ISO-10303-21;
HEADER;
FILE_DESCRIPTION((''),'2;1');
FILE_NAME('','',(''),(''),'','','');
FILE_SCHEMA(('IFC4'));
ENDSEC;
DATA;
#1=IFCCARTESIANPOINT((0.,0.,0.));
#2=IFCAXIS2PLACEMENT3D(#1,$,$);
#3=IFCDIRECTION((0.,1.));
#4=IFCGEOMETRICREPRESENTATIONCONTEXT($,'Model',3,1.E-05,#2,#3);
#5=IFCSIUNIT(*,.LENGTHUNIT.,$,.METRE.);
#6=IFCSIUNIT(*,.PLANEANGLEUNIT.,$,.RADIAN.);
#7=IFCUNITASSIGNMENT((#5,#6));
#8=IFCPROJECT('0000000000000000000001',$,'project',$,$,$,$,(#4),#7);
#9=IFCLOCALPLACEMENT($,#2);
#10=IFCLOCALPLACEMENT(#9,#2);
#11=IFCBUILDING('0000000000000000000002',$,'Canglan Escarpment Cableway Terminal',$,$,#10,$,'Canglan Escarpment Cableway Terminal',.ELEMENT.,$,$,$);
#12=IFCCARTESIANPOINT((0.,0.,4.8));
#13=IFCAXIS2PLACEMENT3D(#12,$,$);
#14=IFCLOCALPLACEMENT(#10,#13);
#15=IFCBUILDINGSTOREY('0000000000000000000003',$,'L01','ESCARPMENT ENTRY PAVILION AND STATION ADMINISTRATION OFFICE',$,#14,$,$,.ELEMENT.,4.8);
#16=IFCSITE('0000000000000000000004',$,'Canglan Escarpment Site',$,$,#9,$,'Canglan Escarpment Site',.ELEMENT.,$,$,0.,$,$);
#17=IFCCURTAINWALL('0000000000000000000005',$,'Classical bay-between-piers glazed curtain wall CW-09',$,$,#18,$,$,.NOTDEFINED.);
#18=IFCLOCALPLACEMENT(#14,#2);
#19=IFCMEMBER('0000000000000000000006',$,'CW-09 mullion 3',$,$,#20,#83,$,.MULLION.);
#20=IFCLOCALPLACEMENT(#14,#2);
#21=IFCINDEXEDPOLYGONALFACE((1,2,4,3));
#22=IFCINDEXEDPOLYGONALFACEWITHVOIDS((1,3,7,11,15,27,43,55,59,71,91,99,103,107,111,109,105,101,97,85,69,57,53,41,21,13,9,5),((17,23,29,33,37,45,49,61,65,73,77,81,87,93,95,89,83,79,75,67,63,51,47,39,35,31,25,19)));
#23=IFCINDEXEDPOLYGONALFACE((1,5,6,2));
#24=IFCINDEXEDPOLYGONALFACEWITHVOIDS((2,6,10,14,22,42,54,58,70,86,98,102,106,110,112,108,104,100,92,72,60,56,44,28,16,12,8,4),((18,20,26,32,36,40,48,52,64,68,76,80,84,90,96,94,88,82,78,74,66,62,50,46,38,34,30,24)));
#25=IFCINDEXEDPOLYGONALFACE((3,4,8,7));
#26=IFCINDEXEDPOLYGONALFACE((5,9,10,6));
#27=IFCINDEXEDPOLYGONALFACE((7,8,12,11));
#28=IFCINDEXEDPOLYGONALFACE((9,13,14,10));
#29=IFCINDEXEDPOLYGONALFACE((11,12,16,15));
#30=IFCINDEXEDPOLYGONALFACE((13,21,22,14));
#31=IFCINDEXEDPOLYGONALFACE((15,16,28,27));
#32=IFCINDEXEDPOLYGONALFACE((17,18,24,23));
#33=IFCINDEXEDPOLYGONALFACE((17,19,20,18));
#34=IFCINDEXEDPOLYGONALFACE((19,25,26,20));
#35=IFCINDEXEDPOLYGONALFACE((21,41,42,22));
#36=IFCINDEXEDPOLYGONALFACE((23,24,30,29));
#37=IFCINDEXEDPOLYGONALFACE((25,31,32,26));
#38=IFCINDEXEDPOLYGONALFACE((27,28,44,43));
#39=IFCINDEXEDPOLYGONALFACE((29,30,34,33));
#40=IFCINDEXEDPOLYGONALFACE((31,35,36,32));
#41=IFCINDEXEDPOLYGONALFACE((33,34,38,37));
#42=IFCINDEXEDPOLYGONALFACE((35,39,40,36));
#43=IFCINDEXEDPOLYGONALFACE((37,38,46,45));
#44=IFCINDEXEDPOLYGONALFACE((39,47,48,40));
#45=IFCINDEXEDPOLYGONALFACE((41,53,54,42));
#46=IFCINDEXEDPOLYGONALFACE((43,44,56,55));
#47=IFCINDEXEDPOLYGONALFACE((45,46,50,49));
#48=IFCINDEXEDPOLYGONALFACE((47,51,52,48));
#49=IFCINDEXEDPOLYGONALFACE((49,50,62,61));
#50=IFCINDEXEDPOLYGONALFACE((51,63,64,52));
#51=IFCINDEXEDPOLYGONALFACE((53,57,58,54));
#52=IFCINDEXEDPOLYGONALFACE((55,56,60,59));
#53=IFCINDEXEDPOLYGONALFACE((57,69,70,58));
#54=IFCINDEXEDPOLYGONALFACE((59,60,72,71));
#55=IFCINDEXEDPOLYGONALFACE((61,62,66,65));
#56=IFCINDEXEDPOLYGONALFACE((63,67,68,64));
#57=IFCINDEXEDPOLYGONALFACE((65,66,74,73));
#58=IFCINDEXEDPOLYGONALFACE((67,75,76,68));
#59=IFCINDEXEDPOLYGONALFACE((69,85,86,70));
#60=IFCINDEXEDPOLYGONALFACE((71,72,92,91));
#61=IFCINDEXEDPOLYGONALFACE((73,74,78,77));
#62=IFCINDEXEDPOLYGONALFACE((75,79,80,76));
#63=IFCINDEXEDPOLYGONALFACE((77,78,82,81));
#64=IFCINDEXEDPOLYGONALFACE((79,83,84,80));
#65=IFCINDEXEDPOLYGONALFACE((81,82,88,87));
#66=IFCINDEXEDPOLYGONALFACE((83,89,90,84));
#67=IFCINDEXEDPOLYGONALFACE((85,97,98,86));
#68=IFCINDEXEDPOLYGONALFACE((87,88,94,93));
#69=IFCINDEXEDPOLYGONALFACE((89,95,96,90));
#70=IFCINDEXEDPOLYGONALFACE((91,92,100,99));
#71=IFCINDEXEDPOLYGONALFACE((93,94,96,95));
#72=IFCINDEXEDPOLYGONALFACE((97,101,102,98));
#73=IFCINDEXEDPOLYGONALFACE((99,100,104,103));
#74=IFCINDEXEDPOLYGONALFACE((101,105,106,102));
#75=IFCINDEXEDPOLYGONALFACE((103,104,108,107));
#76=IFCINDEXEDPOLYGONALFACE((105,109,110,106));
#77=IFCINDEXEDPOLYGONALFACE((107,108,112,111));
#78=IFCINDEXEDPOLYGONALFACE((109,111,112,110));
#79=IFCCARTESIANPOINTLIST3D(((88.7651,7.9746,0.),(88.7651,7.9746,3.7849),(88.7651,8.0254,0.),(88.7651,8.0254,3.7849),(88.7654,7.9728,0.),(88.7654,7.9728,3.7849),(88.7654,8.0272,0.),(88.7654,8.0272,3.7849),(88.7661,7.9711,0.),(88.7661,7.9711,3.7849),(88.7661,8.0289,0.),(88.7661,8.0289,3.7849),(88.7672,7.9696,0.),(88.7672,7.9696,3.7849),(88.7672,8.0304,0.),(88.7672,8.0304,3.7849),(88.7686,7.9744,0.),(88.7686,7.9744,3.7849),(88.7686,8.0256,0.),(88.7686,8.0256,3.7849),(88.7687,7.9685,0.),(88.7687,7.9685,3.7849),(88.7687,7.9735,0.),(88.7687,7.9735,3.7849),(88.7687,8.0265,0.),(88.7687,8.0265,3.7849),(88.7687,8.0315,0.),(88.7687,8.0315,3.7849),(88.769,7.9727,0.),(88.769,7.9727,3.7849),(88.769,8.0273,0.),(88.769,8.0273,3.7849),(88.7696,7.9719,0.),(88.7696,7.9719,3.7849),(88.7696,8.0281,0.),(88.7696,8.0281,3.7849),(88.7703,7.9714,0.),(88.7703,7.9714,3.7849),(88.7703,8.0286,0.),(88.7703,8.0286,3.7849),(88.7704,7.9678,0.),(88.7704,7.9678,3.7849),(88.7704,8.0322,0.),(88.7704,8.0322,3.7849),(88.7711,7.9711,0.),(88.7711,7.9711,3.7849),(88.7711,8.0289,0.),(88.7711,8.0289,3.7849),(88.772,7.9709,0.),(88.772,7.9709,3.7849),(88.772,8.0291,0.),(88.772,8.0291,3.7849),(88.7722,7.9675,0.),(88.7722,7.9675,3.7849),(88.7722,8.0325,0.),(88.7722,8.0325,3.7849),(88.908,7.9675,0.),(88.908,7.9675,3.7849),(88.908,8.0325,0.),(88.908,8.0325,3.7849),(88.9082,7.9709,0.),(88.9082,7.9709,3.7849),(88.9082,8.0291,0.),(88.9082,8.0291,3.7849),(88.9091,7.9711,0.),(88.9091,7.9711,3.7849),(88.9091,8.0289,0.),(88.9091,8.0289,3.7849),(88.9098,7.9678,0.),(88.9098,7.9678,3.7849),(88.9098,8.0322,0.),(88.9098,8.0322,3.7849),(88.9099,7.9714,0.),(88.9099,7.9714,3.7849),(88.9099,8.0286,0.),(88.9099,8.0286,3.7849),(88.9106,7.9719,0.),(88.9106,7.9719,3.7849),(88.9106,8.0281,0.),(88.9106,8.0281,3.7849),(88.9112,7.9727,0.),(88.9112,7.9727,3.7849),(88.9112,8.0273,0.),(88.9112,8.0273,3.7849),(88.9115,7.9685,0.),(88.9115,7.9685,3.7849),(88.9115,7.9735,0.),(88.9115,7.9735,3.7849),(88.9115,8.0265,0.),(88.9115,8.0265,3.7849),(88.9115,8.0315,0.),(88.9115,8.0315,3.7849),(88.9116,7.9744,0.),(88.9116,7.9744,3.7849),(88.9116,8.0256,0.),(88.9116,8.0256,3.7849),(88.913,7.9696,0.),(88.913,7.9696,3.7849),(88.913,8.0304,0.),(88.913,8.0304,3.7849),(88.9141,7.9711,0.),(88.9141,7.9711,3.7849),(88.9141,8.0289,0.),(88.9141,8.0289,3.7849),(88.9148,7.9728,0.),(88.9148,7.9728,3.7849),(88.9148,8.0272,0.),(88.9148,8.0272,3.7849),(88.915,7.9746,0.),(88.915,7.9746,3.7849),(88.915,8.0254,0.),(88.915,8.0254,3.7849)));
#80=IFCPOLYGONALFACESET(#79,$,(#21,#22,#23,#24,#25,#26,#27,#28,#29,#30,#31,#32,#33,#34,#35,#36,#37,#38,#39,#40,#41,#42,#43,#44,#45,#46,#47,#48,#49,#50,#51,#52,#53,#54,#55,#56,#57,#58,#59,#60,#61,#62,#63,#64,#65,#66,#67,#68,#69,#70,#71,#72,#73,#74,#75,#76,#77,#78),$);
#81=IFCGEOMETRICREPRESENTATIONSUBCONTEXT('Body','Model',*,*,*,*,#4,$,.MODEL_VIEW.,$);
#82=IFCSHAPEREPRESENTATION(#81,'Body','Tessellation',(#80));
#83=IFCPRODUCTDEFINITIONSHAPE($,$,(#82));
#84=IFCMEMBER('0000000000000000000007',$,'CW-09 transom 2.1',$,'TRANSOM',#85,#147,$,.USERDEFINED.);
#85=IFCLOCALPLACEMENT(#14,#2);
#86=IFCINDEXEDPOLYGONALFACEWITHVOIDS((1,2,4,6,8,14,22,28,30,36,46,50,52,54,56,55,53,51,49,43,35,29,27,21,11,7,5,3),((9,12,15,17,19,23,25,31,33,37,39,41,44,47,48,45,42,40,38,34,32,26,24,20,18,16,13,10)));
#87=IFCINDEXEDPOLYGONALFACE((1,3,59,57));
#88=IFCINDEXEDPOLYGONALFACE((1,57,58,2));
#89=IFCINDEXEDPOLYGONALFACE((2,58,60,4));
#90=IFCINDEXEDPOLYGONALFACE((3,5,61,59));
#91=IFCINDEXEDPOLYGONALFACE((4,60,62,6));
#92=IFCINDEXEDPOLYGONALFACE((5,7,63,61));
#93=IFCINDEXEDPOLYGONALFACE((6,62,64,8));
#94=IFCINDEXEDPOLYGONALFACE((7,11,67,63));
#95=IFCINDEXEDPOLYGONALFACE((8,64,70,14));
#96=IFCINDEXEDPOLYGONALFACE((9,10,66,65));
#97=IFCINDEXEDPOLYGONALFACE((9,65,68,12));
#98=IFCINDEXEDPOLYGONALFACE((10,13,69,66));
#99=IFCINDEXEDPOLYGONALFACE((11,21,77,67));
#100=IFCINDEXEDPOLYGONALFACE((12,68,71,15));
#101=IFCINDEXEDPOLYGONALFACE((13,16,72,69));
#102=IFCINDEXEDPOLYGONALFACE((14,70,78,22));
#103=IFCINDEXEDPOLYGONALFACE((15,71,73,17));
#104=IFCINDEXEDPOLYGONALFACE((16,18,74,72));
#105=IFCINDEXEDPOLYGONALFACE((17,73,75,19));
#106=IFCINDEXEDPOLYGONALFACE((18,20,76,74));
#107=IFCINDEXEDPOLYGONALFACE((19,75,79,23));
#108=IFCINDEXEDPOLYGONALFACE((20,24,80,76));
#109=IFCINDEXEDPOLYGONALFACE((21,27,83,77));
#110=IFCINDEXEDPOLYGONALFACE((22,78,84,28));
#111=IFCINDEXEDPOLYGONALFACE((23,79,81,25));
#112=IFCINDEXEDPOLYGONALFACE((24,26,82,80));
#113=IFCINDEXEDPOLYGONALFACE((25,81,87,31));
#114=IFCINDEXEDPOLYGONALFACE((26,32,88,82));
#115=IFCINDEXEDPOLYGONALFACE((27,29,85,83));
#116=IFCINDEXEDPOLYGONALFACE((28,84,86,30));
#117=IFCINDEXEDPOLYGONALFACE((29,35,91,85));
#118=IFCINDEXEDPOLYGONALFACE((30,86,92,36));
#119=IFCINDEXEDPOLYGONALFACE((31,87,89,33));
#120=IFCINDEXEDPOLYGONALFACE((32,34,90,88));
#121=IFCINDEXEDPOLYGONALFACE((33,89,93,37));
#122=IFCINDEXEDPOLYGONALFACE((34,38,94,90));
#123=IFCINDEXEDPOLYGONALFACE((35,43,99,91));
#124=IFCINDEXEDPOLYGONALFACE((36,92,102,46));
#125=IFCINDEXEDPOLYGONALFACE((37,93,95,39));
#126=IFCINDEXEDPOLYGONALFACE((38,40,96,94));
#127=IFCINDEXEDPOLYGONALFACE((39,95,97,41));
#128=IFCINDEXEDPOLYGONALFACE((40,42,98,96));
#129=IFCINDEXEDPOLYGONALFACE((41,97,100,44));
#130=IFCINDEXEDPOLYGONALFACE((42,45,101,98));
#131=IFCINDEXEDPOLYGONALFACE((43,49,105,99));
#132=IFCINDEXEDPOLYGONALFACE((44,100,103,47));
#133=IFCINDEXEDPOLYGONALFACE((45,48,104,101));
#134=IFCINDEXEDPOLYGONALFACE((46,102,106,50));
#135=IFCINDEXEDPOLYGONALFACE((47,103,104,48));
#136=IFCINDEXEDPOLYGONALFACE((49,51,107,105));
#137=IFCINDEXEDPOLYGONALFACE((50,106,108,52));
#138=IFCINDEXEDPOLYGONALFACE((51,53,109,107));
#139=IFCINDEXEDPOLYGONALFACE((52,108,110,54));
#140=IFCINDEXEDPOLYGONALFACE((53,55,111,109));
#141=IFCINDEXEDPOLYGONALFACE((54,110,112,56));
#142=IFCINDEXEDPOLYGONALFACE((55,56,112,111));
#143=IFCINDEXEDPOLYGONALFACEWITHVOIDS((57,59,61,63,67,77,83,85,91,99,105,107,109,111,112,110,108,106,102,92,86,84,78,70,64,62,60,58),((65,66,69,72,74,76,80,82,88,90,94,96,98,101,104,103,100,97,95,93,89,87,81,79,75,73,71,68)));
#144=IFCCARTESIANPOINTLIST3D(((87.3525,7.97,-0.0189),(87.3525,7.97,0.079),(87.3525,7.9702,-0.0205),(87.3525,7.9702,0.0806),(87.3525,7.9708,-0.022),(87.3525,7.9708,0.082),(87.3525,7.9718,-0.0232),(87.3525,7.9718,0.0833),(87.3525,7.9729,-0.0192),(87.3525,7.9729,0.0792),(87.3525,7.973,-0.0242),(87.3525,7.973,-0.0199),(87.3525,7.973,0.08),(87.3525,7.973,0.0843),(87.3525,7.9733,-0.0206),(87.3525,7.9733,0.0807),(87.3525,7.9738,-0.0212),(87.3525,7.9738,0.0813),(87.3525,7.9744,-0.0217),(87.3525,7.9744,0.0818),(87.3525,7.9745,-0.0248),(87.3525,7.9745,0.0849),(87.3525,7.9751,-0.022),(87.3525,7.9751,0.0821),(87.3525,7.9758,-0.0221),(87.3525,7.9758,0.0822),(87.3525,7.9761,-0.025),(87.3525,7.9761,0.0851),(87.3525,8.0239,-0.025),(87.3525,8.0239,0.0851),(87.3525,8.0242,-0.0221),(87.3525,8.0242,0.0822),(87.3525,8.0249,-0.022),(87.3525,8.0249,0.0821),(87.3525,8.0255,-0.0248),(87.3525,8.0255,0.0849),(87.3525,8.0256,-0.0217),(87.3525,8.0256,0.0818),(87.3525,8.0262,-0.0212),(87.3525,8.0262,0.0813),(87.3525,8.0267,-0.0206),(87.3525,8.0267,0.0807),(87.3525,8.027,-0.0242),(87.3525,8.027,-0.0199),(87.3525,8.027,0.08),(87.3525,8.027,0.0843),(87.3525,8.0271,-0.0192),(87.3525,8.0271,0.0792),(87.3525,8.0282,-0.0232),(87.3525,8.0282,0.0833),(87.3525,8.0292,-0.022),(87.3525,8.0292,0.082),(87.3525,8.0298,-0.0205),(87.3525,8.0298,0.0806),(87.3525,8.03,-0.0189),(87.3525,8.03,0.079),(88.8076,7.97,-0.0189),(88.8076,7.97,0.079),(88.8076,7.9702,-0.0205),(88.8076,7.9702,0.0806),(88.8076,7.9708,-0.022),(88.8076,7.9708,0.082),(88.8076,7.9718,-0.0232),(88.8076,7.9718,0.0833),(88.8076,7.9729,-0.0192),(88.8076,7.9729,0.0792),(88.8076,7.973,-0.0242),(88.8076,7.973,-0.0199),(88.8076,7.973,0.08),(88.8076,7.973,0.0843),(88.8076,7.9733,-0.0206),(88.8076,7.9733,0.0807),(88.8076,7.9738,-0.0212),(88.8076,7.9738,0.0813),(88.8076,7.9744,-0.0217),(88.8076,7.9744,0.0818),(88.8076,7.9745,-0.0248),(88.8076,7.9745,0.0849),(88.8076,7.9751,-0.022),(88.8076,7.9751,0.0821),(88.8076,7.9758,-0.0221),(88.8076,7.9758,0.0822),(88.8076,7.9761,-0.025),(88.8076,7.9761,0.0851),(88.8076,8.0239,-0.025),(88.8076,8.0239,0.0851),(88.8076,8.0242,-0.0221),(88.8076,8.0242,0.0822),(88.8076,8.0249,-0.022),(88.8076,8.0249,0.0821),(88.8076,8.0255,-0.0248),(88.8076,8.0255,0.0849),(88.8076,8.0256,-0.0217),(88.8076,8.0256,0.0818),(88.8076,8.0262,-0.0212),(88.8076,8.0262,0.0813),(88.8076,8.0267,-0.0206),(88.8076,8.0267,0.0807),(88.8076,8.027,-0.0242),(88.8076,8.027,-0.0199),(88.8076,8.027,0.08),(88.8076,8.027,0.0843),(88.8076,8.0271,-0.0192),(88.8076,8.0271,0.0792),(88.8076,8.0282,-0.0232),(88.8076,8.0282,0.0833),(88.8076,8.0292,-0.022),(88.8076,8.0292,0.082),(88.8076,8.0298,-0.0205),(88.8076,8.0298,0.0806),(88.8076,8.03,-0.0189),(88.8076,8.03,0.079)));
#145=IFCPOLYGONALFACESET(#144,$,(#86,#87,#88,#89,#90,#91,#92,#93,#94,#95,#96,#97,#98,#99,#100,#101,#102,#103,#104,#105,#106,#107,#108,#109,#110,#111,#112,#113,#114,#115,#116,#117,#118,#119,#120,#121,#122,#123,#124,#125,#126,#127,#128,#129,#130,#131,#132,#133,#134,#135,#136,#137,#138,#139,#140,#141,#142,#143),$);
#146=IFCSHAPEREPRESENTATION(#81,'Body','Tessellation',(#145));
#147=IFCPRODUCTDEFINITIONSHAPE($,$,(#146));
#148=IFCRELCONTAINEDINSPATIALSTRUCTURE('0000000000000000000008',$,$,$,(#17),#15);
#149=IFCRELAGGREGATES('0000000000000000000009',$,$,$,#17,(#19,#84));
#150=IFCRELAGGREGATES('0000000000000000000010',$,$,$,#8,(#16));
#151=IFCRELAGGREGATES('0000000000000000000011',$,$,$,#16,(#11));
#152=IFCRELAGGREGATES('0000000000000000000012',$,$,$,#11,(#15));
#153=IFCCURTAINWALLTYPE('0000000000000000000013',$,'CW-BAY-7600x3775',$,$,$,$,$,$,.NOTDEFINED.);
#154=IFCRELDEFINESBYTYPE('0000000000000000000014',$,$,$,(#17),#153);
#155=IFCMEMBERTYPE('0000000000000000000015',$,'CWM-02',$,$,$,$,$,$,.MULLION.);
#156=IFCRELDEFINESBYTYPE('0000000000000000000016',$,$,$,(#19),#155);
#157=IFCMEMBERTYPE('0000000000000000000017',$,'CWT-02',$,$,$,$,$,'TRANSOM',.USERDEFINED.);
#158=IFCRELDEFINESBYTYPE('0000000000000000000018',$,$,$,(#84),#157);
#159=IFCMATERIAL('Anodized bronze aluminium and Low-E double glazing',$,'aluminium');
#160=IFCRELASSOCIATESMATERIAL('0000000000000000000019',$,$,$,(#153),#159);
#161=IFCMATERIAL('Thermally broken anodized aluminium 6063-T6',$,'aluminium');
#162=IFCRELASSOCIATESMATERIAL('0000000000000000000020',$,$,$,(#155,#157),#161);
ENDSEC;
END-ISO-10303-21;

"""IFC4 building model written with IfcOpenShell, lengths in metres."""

from ifc_helpers import new_model, si_unit, direction, frame, origin, origin_2d, place, context, subcontext, project, spatial, hollow_rectangle, extrude, material, material_profile, profile_set, type_object, element, aggregate, save


model = new_model("IFC4")

# Units and contexts
model_context = context("Model", 3, precision=1e-05, world=origin(), true_north=direction((0.0, 1.0)))
body_context = subcontext(model_context, "Body", "Model", "MODEL_VIEW")
ifc_project = project(units=[si_unit("LENGTHUNIT", "METRE"), si_unit("PLANEANGLEUNIT", "RADIAN")], contexts=[model_context])

# Site, building, storey
site_placement = place(None, origin())
site = spatial("IfcSite", under=ifc_project, at=site_placement, Name="Canglan Escarpment Site", LongName="Canglan Escarpment Site", CompositionType="ELEMENT", RefElevation=0.0)
building_placement = place(site_placement, origin())
building = spatial("IfcBuilding", under=site, at=building_placement, Name="Canglan Escarpment Cableway Terminal", LongName="Canglan Escarpment Cableway Terminal", CompositionType="ELEMENT")
storey_placement = place(building_placement, frame((0.0, 0.0, 4.8)))
storey = spatial("IfcBuildingStorey", under=building, at=storey_placement, Name="L01", Description="ESCARPMENT ENTRY PAVILION AND STATION ADMINISTRATION OFFICE", CompositionType="ELEMENT", Elevation=4.8)

# Curtain wall, members
ifc_material_1 = material(Name="Anodized bronze aluminium and Low-E double glazing", Category="aluminium")
curtain_wall_type = type_object("IfcCurtainWallType", Name="CW-BAY-7600x3775", PredefinedType="NOTDEFINED", material=ifc_material_1)
curtain_wall_placement = place(storey_placement, origin())
curtain_wall = element("IfcCurtainWall", 1, at=curtain_wall_placement, inside=storey, type_object=curtain_wall_type, Name="Classical bay-between-piers glazed curtain wall CW-09", PredefinedType="NOTDEFINED")
ifc_material_2 = material(Name="Thermally broken anodized aluminium 6063-T6", Category="aluminium")
ifc_material_profile_1 = material_profile(ifc_material_2, hollow_rectangle(XDim=0.0649, YDim=0.1499, WallThickness=0.0034, InnerFilletRadius=0.0034, OuterFilletRadius=0.0071, at=origin_2d()), Name="ALU-MULL 65x150x3.5")
ifc_profile_set_1 = profile_set([ifc_material_profile_1], Name="Thermally broken anodized aluminium 6063-T6")
member_type_1 = type_object("IfcMemberType", Name="CWM-02", PredefinedType="MULLION", material=ifc_profile_set_1)
member_1_placement = place(storey_placement, frame((88.8401, 8.0, 0.0), z_axis=(0.0, 0.0, 1.0), x_axis=(0.0, 1.0, 0.0)))
member_1 = element("IfcMember", 2, at=member_1_placement, type_object=member_type_1, Name="CW-09 mullion 3", PredefinedType="MULLION", context=body_context, shape_type="SweptSolid", body=[
    extrude(hollow_rectangle(XDim=0.0649, YDim=0.1499, WallThickness=0.0034, InnerFilletRadius=0.0034, OuterFilletRadius=0.0071, at=origin_2d()), origin(), (0.0, 0.0, 1.0), 3.7849),
])
ifc_material_profile_2 = material_profile(ifc_material_2, hollow_rectangle(XDim=0.0601, YDim=0.1101, WallThickness=0.0029, InnerFilletRadius=0.0029, OuterFilletRadius=0.0061, at=origin_2d()), Name="ALU-TRAN 60x110x3")
ifc_profile_set_2 = profile_set([ifc_material_profile_2], Name="Thermally broken anodized aluminium 6063-T6")
member_type_2 = type_object("IfcMemberType", Name="CWT-02", ElementType="TRANSOM", PredefinedType="USERDEFINED", material=ifc_profile_set_2)
member_2_placement = place(storey_placement, frame((87.3525, 8.0, 0.03), z_axis=(1.0, 0.0, 0.0), x_axis=(0.0, 1.0, 0.0)))
member_2 = element("IfcMember", 3, at=member_2_placement, type_object=member_type_2, Name="CW-09 transom 2.1", ObjectType="TRANSOM", PredefinedType="USERDEFINED", context=body_context, shape_type="SweptSolid", body=[
    extrude(hollow_rectangle(XDim=0.0601, YDim=0.1101, WallThickness=0.0029, InnerFilletRadius=0.0029, OuterFilletRadius=0.0061, at=origin_2d()), origin(), (0.0, 0.0, 1.0), 1.4551),
])
aggregate(curtain_wall, [member_1, member_2])

save(model, "model.ifc")
